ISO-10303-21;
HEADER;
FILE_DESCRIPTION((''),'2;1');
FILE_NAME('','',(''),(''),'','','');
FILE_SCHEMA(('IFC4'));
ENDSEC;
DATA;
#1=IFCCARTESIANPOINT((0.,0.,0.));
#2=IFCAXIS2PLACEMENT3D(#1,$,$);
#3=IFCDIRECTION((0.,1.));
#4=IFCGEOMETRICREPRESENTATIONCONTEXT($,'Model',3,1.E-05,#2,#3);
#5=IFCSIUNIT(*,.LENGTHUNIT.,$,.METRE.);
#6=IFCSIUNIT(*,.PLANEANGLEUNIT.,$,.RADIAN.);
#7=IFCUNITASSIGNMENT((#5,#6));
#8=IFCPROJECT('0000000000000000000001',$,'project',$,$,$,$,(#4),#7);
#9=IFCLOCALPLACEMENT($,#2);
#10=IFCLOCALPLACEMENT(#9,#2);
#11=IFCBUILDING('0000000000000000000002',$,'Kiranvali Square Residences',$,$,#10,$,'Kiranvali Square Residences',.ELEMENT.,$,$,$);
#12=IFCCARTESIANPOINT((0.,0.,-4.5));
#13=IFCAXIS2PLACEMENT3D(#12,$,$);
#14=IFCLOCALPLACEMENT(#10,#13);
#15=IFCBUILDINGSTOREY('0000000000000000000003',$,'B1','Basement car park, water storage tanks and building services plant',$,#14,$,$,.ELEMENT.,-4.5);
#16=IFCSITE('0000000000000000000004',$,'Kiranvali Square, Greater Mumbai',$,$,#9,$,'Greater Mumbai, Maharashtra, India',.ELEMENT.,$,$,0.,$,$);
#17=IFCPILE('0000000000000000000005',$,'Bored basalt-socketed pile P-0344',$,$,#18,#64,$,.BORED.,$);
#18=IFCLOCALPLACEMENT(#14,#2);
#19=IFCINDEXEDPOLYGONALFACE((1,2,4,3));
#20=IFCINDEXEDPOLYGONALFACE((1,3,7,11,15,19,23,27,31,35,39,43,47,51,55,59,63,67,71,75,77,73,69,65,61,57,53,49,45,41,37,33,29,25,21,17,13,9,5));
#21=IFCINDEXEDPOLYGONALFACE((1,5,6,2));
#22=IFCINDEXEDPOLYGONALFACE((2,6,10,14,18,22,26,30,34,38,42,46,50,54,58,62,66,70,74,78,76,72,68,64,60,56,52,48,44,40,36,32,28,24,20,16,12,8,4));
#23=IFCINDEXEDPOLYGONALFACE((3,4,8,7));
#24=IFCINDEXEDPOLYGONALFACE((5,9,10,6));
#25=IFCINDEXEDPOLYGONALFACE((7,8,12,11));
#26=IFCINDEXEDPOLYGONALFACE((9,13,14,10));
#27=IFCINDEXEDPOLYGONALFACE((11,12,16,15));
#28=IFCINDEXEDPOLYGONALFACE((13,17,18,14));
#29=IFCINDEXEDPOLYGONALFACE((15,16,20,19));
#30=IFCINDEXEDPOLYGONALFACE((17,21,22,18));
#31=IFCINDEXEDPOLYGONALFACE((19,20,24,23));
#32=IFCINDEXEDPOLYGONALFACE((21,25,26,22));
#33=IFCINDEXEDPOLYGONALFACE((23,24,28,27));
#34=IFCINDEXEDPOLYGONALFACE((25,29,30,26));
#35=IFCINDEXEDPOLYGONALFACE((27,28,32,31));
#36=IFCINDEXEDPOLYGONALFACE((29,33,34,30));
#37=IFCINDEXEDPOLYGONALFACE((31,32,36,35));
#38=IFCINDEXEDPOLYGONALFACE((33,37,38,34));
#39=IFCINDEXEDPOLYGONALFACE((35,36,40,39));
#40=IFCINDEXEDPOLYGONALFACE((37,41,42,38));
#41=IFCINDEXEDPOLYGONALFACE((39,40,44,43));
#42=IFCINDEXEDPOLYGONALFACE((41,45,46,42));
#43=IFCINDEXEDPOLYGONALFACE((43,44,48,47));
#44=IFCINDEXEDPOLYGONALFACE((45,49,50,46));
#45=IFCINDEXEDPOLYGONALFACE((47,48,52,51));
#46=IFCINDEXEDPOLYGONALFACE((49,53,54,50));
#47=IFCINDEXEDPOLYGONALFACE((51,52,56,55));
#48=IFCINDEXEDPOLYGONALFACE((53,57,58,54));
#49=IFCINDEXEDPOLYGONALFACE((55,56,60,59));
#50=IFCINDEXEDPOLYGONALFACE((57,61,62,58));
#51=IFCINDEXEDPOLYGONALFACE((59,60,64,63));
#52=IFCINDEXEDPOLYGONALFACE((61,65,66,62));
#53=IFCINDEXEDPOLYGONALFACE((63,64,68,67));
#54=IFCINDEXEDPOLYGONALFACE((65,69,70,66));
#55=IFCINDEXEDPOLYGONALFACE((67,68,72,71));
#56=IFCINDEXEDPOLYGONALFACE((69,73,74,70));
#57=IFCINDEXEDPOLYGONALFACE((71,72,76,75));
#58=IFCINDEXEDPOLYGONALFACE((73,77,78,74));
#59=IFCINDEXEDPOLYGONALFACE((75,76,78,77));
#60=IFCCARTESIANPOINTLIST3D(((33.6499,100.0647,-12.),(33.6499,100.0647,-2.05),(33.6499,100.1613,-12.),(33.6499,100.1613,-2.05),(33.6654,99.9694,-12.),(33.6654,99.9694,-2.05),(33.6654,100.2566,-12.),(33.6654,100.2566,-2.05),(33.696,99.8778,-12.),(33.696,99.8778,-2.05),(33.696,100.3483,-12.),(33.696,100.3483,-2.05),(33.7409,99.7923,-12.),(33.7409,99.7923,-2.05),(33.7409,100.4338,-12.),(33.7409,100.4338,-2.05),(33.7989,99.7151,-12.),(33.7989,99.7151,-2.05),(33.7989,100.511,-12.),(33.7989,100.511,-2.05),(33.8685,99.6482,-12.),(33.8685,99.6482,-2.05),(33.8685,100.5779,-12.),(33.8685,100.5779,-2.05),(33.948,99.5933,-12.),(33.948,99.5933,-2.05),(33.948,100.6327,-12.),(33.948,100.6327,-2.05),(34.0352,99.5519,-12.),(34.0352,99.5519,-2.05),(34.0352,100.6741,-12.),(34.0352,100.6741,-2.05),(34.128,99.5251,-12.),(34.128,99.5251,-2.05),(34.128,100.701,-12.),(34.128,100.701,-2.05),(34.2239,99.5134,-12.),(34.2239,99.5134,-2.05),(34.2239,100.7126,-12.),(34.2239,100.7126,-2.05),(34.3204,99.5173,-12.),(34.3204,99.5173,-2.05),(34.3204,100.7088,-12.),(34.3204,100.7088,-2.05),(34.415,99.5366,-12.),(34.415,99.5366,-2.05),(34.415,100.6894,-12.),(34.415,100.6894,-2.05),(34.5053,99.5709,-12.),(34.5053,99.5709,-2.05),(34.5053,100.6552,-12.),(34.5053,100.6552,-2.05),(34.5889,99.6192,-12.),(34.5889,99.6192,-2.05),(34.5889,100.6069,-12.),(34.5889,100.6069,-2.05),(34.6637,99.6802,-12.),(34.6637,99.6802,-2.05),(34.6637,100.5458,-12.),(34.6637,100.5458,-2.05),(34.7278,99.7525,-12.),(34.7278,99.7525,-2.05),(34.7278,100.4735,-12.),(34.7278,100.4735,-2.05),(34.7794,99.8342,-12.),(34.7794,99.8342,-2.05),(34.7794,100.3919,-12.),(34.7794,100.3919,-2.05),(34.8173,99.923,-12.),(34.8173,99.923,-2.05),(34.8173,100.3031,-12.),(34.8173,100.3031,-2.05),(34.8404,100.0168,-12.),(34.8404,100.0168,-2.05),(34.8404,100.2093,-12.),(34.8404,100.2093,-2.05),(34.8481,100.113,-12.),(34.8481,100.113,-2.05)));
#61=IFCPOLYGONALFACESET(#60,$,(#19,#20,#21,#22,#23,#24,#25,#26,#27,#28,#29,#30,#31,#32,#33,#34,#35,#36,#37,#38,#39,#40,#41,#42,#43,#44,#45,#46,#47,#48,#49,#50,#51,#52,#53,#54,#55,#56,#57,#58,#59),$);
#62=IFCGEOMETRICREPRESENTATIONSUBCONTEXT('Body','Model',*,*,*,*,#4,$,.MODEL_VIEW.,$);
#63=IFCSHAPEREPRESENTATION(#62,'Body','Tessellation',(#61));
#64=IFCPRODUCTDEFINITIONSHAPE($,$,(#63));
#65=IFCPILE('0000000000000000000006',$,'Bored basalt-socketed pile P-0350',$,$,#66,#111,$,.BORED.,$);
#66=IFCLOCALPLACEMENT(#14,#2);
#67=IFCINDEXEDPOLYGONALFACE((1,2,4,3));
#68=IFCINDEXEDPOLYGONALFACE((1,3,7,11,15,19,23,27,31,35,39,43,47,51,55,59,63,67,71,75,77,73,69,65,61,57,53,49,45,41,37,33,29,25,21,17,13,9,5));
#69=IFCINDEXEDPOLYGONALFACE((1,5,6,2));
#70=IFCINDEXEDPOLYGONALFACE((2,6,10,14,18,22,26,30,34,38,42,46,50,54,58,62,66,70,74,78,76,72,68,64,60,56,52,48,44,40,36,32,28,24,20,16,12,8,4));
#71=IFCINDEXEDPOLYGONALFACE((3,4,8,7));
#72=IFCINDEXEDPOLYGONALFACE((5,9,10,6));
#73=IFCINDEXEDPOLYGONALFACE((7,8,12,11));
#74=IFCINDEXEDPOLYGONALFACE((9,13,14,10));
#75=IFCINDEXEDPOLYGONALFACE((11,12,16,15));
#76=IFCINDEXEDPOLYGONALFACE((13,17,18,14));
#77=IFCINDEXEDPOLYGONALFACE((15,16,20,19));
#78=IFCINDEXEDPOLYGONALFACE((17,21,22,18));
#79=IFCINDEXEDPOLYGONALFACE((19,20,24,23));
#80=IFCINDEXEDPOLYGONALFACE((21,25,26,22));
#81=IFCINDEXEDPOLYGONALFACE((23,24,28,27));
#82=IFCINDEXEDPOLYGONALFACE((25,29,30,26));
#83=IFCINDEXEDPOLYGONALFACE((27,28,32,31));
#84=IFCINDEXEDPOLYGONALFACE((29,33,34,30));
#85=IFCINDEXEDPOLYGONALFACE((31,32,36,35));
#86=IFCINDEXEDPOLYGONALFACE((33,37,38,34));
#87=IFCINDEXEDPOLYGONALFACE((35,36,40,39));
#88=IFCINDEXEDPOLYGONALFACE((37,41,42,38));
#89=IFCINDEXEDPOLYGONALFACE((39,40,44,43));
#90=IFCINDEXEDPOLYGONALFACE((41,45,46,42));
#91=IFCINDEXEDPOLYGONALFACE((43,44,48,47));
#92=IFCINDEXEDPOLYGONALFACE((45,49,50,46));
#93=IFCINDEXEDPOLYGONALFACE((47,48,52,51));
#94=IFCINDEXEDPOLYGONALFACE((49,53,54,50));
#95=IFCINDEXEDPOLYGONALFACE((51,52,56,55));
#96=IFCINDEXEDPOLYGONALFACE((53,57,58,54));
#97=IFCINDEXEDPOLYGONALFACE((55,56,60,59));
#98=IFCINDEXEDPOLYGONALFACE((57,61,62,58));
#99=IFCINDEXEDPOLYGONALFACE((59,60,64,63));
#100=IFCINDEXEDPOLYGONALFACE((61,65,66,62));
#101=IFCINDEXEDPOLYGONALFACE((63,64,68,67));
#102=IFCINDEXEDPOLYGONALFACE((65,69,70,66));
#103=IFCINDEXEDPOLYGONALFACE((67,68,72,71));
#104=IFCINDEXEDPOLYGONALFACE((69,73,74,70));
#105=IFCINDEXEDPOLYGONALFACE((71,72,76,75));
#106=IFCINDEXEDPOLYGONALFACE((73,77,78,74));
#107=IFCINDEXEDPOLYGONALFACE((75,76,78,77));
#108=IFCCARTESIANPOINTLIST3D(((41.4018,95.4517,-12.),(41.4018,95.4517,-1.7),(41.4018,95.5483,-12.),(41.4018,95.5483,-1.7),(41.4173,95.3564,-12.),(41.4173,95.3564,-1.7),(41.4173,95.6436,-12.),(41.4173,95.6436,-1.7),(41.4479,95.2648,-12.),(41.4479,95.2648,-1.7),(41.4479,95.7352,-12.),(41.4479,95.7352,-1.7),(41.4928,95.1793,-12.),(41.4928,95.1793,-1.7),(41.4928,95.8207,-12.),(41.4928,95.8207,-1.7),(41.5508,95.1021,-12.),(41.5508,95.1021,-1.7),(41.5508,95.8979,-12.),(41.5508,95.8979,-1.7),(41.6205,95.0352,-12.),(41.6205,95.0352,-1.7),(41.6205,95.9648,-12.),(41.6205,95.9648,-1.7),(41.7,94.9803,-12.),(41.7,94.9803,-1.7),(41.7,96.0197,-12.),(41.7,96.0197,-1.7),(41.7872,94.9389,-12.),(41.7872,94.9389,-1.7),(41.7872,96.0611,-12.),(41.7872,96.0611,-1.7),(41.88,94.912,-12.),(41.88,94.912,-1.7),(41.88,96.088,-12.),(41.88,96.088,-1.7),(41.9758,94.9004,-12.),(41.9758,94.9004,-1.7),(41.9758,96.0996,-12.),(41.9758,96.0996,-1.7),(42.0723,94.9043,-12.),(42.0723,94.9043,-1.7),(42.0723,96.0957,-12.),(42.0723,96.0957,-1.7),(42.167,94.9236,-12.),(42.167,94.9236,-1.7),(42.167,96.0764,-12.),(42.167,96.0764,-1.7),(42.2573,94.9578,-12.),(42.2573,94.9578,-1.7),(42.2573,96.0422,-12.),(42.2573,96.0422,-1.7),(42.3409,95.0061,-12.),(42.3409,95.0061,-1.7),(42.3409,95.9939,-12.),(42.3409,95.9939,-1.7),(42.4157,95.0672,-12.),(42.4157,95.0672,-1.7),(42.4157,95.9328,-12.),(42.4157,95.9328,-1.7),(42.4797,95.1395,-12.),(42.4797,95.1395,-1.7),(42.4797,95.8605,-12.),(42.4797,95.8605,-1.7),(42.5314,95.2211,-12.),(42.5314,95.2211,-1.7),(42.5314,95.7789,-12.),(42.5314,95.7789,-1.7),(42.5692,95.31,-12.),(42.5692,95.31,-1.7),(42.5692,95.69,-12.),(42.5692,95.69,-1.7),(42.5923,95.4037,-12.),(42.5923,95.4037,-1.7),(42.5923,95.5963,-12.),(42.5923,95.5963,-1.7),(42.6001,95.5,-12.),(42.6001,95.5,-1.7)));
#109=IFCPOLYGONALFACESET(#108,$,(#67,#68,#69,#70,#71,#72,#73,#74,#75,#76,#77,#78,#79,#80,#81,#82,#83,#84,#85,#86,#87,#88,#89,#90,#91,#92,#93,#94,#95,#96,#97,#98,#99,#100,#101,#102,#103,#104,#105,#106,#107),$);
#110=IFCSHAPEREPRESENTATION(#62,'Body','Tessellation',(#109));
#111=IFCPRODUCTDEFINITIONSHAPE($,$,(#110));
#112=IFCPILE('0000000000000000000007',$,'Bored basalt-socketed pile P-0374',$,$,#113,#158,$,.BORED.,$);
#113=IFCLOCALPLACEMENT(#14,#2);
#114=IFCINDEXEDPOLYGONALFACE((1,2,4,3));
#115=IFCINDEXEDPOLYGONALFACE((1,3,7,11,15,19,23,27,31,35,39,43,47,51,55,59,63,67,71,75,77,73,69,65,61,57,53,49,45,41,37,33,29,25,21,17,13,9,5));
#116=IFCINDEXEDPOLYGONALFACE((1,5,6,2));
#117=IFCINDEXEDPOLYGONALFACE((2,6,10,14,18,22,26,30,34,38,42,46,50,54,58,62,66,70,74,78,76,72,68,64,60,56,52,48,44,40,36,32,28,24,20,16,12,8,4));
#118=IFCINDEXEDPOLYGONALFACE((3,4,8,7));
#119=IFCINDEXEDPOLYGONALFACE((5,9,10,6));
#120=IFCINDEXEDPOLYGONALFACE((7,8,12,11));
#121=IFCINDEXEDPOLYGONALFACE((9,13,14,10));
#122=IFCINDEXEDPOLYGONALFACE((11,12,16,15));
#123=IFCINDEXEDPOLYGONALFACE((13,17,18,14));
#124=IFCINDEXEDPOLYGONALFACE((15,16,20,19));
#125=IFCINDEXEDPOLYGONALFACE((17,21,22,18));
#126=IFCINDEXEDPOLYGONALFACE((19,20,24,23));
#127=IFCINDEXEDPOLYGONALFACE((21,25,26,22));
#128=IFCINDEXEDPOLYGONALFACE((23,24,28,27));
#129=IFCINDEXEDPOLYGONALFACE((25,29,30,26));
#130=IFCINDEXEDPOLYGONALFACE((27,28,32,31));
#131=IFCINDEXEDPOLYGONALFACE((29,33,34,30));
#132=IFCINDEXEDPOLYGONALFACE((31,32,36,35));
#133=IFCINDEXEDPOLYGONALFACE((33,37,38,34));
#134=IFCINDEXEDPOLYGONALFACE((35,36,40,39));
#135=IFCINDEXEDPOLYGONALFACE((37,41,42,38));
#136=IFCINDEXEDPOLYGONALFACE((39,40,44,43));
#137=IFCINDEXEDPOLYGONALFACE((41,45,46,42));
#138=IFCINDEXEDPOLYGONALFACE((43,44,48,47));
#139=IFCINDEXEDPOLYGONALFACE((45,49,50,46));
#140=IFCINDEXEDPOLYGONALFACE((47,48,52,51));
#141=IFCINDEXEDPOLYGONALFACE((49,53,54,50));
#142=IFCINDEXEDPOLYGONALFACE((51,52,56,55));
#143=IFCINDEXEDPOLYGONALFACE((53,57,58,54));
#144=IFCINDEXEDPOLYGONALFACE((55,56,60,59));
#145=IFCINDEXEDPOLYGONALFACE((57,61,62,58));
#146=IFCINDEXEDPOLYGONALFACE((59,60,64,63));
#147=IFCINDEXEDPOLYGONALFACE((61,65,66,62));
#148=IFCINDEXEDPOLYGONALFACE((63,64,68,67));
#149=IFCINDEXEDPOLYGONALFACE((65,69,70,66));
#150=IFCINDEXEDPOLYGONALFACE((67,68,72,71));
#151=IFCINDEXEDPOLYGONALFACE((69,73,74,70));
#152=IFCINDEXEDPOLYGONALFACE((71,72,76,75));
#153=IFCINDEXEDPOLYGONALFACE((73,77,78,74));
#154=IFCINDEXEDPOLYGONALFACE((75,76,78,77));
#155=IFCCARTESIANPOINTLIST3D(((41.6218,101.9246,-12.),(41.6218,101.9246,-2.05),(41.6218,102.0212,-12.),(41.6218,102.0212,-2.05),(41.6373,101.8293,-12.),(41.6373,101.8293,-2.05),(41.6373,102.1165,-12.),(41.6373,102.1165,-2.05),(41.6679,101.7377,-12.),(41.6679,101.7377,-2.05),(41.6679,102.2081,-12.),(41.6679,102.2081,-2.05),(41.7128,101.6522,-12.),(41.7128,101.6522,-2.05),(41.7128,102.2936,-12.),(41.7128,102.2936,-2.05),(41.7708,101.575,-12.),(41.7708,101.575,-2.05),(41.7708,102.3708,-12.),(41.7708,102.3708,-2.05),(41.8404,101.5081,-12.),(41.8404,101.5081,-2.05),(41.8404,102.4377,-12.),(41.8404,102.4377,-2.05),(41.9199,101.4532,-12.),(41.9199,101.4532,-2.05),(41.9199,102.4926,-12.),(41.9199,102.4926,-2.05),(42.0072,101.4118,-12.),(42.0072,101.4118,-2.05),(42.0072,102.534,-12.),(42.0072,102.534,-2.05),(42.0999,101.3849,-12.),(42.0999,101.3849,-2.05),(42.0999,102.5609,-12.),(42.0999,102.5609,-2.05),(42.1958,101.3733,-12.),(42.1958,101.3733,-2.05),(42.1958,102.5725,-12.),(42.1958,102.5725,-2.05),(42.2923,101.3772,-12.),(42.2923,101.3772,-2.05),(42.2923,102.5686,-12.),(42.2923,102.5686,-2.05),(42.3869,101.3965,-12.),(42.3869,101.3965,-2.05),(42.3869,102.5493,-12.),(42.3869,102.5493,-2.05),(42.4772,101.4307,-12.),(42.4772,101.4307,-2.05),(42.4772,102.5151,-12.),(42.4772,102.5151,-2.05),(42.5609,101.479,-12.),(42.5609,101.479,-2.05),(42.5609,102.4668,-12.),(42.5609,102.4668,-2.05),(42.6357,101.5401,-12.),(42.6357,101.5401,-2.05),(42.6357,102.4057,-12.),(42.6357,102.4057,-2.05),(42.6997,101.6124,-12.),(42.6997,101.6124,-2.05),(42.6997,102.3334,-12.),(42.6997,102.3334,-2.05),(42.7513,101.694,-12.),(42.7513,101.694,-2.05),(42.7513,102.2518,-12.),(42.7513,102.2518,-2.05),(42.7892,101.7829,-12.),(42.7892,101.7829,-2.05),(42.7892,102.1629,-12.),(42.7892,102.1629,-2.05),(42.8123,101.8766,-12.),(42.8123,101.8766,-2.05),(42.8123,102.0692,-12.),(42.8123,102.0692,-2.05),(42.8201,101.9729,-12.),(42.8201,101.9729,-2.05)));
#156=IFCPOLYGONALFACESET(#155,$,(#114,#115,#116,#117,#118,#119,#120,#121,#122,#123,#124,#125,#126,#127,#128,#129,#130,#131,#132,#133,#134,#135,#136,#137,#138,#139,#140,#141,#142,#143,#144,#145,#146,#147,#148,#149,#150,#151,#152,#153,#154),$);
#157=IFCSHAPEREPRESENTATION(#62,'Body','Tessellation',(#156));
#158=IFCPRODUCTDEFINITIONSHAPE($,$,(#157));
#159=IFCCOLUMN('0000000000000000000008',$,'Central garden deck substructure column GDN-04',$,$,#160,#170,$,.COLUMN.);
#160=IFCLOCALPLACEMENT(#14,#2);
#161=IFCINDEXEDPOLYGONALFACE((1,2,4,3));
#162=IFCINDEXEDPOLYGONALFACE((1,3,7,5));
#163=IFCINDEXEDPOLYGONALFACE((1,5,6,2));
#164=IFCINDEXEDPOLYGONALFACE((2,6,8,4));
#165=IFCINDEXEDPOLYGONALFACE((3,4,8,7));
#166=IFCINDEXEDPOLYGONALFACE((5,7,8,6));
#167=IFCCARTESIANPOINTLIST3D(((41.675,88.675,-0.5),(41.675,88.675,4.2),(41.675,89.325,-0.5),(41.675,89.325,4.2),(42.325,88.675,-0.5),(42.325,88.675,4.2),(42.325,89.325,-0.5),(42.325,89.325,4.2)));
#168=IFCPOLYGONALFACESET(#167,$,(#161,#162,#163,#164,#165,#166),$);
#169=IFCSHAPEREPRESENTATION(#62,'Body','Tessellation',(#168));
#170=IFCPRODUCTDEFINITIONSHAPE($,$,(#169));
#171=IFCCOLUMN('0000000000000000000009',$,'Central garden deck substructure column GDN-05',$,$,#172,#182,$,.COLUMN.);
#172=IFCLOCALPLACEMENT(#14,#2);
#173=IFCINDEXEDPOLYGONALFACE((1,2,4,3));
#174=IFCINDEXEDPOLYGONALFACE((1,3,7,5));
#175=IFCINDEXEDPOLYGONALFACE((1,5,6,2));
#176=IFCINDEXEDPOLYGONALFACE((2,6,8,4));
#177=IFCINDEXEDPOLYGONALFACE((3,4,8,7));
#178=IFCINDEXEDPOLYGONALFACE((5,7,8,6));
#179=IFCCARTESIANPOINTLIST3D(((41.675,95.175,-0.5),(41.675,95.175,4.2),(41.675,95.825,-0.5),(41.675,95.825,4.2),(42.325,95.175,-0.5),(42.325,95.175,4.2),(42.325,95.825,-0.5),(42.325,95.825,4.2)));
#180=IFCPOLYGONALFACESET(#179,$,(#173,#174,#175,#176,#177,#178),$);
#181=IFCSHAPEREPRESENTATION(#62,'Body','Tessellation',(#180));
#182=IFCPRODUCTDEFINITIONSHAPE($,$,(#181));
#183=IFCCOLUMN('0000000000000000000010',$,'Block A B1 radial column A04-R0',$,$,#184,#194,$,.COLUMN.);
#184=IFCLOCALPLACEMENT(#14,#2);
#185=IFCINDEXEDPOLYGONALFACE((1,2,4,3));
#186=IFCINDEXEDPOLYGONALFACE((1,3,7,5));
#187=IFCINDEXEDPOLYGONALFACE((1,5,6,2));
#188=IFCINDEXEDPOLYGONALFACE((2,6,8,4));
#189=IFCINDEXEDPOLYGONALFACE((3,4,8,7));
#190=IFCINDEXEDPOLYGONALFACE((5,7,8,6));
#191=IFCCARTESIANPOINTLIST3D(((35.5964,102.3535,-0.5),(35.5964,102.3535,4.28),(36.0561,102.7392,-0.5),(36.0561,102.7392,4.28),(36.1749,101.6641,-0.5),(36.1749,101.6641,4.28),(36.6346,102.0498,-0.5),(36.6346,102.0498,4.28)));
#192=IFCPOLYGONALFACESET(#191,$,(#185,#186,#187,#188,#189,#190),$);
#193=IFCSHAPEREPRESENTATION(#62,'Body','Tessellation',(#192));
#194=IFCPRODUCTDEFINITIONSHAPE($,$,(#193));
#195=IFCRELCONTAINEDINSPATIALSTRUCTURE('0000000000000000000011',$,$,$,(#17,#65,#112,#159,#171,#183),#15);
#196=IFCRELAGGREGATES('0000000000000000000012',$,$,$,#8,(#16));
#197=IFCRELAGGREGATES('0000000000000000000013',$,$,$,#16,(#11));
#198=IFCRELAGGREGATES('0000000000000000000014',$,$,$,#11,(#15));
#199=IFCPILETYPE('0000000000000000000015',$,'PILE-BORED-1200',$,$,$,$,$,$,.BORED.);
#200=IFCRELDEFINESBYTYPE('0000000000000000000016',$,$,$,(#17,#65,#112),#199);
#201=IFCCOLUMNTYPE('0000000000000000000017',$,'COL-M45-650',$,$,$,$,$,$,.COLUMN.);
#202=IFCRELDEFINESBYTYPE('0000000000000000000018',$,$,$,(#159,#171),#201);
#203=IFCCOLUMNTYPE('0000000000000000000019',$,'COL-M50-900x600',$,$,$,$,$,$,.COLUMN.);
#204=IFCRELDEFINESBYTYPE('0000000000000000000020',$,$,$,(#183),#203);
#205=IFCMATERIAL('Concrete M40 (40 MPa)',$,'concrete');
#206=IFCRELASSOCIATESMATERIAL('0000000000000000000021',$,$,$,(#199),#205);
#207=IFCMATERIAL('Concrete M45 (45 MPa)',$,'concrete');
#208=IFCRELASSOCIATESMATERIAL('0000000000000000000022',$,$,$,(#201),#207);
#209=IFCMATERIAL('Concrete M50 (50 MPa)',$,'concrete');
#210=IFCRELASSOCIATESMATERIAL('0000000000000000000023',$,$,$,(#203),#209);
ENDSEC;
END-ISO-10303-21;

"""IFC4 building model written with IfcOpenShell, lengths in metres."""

from ifc_helpers import new_model, si_unit, direction, frame, origin, origin_2d, place, context, subcontext, project, spatial, rectangle, circle, extrude, material, material_profile, profile_set, type_object, element, save


model = new_model("IFC4")

# Units and contexts
model_context = context("Model", 3, precision=1e-05, world=origin(), true_north=direction((0.0, 1.0)))
body_context = subcontext(model_context, "Body", "Model", "MODEL_VIEW")
ifc_project = project(units=[si_unit("LENGTHUNIT", "METRE"), si_unit("PLANEANGLEUNIT", "RADIAN")], contexts=[model_context])

# Site, building, storey
site_placement = place(None, origin())
site = spatial("IfcSite", under=ifc_project, at=site_placement, Name="Kiranvali Square, Greater Mumbai", LongName="Greater Mumbai, Maharashtra, India", CompositionType="ELEMENT", RefElevation=0.0)
building_placement = place(site_placement, origin())
building = spatial("IfcBuilding", under=site, at=building_placement, Name="Kiranvali Square Residences", LongName="Kiranvali Square Residences", CompositionType="ELEMENT")
storey_placement = place(building_placement, frame((0.0, 0.0, -4.5)))
storey = spatial("IfcBuildingStorey", under=building, at=storey_placement, Name="B1", Description="Basement car park, water storage tanks and building services plant", CompositionType="ELEMENT", Elevation=-4.5)

# Shared definitions
ifc_material_1 = material(Name="Concrete M40 (40 MPa)", Category="concrete")

# Piles
ifc_material_profile_1 = material_profile(ifc_material_1, circle(Radius=0.6001, at=origin_2d()), Name="BORED PILE 1200")
ifc_profile_set_1 = profile_set([ifc_material_profile_1], Name="Concrete M40 (40 MPa)")
pile_type = type_object("IfcPileType", Name="PILE-BORED-1200", PredefinedType="BORED", material=ifc_profile_set_1)
for number, where, z_axis, x_axis, name in (
    (1, (34.248, 100.113, -2.05), (0.0, 0.0, -1.0), (1.0, 0.0, 0.0), "Bored basalt-socketed pile P-0344"),
):
    element("IfcPile", number, at=place(storey_placement, frame(where, z_axis=z_axis, x_axis=x_axis)), inside=storey, type_object=pile_type, Name=name, PredefinedType="BORED", context=body_context, shape_type="SweptSolid", body=[
        extrude(circle(Radius=0.6001, at=origin_2d()), origin(), (0.0, 0.0, 1.0), 9.95),
    ])
pile_1_placement = place(storey_placement, frame((42.0, 95.5, -1.7), z_axis=(0.0, 0.0, -1.0), x_axis=(1.0, 0.0, 0.0)))
element("IfcPile", 2, at=pile_1_placement, inside=storey, type_object=pile_type, Name="Bored basalt-socketed pile P-0350", PredefinedType="BORED", context=body_context, shape_type="SweptSolid", body=[
    extrude(circle(Radius=0.6001, at=origin_2d()), origin(), (0.0, 0.0, 1.0), 10.3),
])
pile_2_placement = place(storey_placement, frame((42.22, 101.9729, -2.05), z_axis=(0.0, 0.0, -1.0), x_axis=(1.0, 0.0, 0.0)))
element("IfcPile", 3, at=pile_2_placement, inside=storey, type_object=pile_type, Name="Bored basalt-socketed pile P-0374", PredefinedType="BORED", context=body_context, shape_type="SweptSolid", body=[
    extrude(circle(Radius=0.6001, at=origin_2d()), origin(), (0.0, 0.0, 1.0), 9.95),
])

# Columns
ifc_material_2 = material(Name="Concrete M45 (45 MPa)", Category="concrete")
ifc_material_profile_2 = material_profile(ifc_material_2, rectangle(XDim=0.6499, YDim=0.6499, at=origin_2d()), Name="RC 650x650")
ifc_profile_set_2 = profile_set([ifc_material_profile_2], Name="Concrete M45 (45 MPa)")
column_type_1 = type_object("IfcColumnType", Name="COL-M45-650", PredefinedType="COLUMN", material=ifc_profile_set_2)
for number, where, z_axis, x_axis, name in (
    (4, (42.0, 89.0, -0.5), (0.0, 0.0, 1.0), (1.0, 0.0, 0.0), "Central garden deck substructure column GDN-04"),
    (5, (42.0, 95.5, -0.5), (0.0, 0.0, 1.0), (1.0, 0.0, 0.0), "Central garden deck substructure column GDN-05"),
):
    element("IfcColumn", number, at=place(storey_placement, frame(where, z_axis=z_axis, x_axis=x_axis)), inside=storey, type_object=column_type_1, Name=name, PredefinedType="COLUMN", context=body_context, shape_type="SweptSolid", body=[
        extrude(rectangle(XDim=0.6499, YDim=0.6499, at=origin_2d()), origin(), (0.0, 0.0, 1.0), 4.7),
    ])
ifc_material_3 = material(Name="Concrete M50 (50 MPa)", Category="concrete")
ifc_material_profile_3 = material_profile(ifc_material_3, rectangle(XDim=0.6001, YDim=0.8999, at=origin_2d()), Name="RC 900x600")
ifc_profile_set_3 = profile_set([ifc_material_profile_3], Name="Concrete M50 (50 MPa)")
column_type_2 = type_object("IfcColumnType", Name="COL-M50-900x600", PredefinedType="COLUMN", material=ifc_profile_set_3)
for number, where, z_axis, x_axis, name in (
    (6, (36.1155, 102.2017, -0.5), (0.0, 0.0, 1.0), (0.766044, 0.642788, 0.0), "Block A B1 radial column A04-R0"),
):
    element("IfcColumn", number, at=place(storey_placement, frame(where, z_axis=z_axis, x_axis=x_axis)), inside=storey, type_object=column_type_2, Name=name, PredefinedType="COLUMN", context=body_context, shape_type="SweptSolid", body=[
        extrude(rectangle(XDim=0.6001, YDim=0.8999, at=origin_2d()), origin(), (0.0, 0.0, 1.0), 4.78),
    ])

save(model, "model.ifc")
